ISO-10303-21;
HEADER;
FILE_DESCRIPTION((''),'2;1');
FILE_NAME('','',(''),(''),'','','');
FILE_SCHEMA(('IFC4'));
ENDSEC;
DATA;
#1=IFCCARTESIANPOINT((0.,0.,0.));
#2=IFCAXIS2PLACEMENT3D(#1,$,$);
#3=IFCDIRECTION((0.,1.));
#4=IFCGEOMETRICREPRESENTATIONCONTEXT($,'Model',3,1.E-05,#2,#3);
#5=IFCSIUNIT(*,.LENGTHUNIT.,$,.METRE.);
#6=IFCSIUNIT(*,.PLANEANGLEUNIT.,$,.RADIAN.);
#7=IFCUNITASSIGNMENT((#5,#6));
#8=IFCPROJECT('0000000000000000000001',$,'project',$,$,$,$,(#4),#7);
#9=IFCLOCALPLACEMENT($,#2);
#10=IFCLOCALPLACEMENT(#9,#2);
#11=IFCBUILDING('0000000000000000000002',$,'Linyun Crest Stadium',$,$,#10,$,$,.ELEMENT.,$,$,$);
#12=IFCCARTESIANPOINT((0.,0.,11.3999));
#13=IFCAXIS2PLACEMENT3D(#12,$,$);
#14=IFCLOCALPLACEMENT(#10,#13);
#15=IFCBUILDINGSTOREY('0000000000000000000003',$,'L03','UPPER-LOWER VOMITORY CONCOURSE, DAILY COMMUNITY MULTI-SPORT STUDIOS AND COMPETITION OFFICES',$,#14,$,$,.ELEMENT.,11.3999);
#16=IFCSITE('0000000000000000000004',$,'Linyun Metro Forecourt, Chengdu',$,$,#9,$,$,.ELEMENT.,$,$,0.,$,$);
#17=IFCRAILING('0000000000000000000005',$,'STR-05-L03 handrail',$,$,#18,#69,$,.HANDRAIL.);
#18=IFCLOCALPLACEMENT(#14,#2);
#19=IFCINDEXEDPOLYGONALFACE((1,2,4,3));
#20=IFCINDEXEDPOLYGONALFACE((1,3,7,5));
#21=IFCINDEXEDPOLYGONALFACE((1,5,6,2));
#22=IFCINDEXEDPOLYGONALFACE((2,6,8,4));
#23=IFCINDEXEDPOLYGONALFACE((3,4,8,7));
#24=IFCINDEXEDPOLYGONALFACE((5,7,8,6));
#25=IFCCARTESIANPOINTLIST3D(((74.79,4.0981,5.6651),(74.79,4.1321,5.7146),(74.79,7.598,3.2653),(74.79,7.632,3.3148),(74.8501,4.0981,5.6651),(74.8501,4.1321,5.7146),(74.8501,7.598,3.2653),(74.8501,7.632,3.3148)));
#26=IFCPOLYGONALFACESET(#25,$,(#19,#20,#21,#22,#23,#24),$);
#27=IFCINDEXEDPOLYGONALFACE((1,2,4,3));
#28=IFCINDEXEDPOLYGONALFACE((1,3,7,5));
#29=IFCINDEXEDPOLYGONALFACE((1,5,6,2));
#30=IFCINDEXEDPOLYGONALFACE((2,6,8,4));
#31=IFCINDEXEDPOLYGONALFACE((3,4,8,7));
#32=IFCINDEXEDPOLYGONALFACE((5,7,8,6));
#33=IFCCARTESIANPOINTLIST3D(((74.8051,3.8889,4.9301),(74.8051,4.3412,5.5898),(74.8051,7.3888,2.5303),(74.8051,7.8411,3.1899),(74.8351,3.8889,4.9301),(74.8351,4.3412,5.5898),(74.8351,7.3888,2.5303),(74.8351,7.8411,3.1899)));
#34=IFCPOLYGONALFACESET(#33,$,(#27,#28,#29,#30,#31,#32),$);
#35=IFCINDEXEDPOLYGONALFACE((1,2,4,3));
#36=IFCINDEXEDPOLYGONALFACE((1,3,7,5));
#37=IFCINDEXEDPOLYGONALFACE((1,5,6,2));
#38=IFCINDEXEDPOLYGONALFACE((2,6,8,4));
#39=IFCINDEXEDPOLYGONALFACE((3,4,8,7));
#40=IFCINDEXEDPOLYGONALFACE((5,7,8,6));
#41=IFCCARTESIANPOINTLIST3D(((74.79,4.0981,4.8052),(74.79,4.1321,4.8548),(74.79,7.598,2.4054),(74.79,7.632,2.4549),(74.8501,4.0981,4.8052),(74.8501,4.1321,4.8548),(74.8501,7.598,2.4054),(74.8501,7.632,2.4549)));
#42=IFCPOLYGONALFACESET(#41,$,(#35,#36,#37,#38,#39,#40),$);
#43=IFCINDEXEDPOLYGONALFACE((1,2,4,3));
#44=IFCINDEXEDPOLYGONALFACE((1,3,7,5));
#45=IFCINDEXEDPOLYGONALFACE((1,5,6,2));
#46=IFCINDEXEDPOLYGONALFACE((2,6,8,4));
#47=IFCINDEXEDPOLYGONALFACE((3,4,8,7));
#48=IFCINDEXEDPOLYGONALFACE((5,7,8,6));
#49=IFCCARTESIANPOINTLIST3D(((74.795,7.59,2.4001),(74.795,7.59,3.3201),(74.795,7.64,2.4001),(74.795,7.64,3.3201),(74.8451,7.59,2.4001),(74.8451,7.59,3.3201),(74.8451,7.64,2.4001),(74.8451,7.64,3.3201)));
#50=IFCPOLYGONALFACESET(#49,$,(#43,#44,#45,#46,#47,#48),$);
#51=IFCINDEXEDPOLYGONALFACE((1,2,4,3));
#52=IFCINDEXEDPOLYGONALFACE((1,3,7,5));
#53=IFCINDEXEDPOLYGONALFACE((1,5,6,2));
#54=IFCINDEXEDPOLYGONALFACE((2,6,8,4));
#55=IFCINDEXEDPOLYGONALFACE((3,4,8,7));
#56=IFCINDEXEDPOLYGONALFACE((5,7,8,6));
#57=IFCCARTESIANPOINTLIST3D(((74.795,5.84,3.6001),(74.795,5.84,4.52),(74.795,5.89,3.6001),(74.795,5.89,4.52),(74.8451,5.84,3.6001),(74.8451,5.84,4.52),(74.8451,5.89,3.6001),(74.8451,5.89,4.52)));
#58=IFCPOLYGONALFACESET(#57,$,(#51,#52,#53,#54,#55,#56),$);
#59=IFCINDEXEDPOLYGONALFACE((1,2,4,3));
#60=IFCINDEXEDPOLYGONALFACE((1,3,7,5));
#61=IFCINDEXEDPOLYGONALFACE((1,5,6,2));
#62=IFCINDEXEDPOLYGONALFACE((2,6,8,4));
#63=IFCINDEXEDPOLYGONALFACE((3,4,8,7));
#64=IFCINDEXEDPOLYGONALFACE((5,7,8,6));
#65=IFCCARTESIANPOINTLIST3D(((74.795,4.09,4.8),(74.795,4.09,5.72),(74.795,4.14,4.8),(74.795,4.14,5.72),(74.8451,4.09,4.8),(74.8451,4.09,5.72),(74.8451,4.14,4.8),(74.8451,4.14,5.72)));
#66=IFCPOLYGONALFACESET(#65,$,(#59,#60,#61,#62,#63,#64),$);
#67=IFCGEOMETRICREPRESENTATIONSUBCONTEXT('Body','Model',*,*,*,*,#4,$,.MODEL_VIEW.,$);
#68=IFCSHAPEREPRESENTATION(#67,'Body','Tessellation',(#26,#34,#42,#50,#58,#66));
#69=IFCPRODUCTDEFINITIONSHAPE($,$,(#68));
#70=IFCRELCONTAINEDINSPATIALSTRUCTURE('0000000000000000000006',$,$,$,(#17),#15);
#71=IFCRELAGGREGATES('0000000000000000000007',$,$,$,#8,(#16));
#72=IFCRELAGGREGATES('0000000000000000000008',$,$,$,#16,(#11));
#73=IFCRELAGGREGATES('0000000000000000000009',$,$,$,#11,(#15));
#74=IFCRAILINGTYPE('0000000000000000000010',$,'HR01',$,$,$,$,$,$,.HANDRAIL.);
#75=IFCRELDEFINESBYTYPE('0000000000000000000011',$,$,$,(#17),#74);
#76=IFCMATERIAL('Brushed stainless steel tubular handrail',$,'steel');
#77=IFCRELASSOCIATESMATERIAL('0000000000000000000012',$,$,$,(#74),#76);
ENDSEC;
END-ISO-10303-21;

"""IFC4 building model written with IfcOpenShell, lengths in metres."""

from ifc_helpers import new_model, si_unit, direction, frame, origin, origin_2d, place, context, subcontext, project, spatial, rectangle, extrude, material, type_object, element, save


model = new_model("IFC4")

# Units and contexts
model_context = context("Model", 3, precision=1e-05, world=origin(), true_north=direction((0.0, 1.0)))
body_context = subcontext(model_context, "Body", "Model", "MODEL_VIEW")
ifc_project = project(units=[si_unit("LENGTHUNIT", "METRE"), si_unit("PLANEANGLEUNIT", "RADIAN")], contexts=[model_context])

# Site, building, storey
site_placement = place(None, origin())
site = spatial("IfcSite", under=ifc_project, at=site_placement, Name="Linyun Metro Forecourt, Chengdu", CompositionType="ELEMENT", RefElevation=0.0)
building_placement = place(site_placement, origin())
building = spatial("IfcBuilding", under=site, at=building_placement, Name="Linyun Crest Stadium", CompositionType="ELEMENT")
storey_placement = place(building_placement, frame((0.0, 0.0, 11.3999)))
storey = spatial("IfcBuildingStorey", under=building, at=storey_placement, Name="L03", Description="UPPER-LOWER VOMITORY CONCOURSE, DAILY COMMUNITY MULTI-SPORT STUDIOS AND COMPETITION OFFICES", CompositionType="ELEMENT", Elevation=11.3999)

# Railing
ifc_material_1 = material(Name="Brushed stainless steel tubular handrail", Category="steel")
railing_type_1 = type_object("IfcRailingType", Name="HR01", PredefinedType="HANDRAIL", material=ifc_material_1)
railing_1_placement = place(storey_placement, frame((74.8201, 7.615, 2.4001)))
element("IfcRailing", 1, at=railing_1_placement, inside=storey, type_object=railing_type_1, Name="STR-05-L03 handrail", PredefinedType="HANDRAIL", context=body_context, shape_type="SweptSolid", body=[
    extrude(rectangle(XDim=0.0601, YDim=0.0601, at=origin_2d()), frame((0.0, 0.0, 0.8899), z_axis=(0.0, -0.82474, 0.565513), x_axis=(1.0, 0.0, 0.0)), (0.0, 0.0, 1.0), 4.2437),
    extrude(rectangle(XDim=0.03, YDim=0.7998, at=origin_2d()), frame((0.0, 0.0, 0.46), z_axis=(0.0, -0.82474, 0.565513), x_axis=(1.0, 0.0, 0.0)), (0.0, 0.0, 1.0), 4.2437),
    extrude(rectangle(XDim=0.0601, YDim=0.0601, at=origin_2d()), frame((0.0, 0.0, 0.03), z_axis=(0.0, -0.82474, 0.565513), x_axis=(1.0, 0.0, 0.0)), (0.0, 0.0, 1.0), 4.2437),
    extrude(rectangle(XDim=0.05, YDim=0.05, at=origin_2d()), origin(), (0.0, 0.0, 1.0), 0.9199),
    extrude(rectangle(XDim=0.05, YDim=0.05, at=origin_2d()), frame((0.0, -1.75, 1.2)), (0.0, 0.0, 1.0), 0.9199),
    extrude(rectangle(XDim=0.05, YDim=0.05, at=origin_2d()), frame((0.0, -3.5, 2.3999)), (0.0, 0.0, 1.0), 0.9199),
])

save(model, "model.ifc")
